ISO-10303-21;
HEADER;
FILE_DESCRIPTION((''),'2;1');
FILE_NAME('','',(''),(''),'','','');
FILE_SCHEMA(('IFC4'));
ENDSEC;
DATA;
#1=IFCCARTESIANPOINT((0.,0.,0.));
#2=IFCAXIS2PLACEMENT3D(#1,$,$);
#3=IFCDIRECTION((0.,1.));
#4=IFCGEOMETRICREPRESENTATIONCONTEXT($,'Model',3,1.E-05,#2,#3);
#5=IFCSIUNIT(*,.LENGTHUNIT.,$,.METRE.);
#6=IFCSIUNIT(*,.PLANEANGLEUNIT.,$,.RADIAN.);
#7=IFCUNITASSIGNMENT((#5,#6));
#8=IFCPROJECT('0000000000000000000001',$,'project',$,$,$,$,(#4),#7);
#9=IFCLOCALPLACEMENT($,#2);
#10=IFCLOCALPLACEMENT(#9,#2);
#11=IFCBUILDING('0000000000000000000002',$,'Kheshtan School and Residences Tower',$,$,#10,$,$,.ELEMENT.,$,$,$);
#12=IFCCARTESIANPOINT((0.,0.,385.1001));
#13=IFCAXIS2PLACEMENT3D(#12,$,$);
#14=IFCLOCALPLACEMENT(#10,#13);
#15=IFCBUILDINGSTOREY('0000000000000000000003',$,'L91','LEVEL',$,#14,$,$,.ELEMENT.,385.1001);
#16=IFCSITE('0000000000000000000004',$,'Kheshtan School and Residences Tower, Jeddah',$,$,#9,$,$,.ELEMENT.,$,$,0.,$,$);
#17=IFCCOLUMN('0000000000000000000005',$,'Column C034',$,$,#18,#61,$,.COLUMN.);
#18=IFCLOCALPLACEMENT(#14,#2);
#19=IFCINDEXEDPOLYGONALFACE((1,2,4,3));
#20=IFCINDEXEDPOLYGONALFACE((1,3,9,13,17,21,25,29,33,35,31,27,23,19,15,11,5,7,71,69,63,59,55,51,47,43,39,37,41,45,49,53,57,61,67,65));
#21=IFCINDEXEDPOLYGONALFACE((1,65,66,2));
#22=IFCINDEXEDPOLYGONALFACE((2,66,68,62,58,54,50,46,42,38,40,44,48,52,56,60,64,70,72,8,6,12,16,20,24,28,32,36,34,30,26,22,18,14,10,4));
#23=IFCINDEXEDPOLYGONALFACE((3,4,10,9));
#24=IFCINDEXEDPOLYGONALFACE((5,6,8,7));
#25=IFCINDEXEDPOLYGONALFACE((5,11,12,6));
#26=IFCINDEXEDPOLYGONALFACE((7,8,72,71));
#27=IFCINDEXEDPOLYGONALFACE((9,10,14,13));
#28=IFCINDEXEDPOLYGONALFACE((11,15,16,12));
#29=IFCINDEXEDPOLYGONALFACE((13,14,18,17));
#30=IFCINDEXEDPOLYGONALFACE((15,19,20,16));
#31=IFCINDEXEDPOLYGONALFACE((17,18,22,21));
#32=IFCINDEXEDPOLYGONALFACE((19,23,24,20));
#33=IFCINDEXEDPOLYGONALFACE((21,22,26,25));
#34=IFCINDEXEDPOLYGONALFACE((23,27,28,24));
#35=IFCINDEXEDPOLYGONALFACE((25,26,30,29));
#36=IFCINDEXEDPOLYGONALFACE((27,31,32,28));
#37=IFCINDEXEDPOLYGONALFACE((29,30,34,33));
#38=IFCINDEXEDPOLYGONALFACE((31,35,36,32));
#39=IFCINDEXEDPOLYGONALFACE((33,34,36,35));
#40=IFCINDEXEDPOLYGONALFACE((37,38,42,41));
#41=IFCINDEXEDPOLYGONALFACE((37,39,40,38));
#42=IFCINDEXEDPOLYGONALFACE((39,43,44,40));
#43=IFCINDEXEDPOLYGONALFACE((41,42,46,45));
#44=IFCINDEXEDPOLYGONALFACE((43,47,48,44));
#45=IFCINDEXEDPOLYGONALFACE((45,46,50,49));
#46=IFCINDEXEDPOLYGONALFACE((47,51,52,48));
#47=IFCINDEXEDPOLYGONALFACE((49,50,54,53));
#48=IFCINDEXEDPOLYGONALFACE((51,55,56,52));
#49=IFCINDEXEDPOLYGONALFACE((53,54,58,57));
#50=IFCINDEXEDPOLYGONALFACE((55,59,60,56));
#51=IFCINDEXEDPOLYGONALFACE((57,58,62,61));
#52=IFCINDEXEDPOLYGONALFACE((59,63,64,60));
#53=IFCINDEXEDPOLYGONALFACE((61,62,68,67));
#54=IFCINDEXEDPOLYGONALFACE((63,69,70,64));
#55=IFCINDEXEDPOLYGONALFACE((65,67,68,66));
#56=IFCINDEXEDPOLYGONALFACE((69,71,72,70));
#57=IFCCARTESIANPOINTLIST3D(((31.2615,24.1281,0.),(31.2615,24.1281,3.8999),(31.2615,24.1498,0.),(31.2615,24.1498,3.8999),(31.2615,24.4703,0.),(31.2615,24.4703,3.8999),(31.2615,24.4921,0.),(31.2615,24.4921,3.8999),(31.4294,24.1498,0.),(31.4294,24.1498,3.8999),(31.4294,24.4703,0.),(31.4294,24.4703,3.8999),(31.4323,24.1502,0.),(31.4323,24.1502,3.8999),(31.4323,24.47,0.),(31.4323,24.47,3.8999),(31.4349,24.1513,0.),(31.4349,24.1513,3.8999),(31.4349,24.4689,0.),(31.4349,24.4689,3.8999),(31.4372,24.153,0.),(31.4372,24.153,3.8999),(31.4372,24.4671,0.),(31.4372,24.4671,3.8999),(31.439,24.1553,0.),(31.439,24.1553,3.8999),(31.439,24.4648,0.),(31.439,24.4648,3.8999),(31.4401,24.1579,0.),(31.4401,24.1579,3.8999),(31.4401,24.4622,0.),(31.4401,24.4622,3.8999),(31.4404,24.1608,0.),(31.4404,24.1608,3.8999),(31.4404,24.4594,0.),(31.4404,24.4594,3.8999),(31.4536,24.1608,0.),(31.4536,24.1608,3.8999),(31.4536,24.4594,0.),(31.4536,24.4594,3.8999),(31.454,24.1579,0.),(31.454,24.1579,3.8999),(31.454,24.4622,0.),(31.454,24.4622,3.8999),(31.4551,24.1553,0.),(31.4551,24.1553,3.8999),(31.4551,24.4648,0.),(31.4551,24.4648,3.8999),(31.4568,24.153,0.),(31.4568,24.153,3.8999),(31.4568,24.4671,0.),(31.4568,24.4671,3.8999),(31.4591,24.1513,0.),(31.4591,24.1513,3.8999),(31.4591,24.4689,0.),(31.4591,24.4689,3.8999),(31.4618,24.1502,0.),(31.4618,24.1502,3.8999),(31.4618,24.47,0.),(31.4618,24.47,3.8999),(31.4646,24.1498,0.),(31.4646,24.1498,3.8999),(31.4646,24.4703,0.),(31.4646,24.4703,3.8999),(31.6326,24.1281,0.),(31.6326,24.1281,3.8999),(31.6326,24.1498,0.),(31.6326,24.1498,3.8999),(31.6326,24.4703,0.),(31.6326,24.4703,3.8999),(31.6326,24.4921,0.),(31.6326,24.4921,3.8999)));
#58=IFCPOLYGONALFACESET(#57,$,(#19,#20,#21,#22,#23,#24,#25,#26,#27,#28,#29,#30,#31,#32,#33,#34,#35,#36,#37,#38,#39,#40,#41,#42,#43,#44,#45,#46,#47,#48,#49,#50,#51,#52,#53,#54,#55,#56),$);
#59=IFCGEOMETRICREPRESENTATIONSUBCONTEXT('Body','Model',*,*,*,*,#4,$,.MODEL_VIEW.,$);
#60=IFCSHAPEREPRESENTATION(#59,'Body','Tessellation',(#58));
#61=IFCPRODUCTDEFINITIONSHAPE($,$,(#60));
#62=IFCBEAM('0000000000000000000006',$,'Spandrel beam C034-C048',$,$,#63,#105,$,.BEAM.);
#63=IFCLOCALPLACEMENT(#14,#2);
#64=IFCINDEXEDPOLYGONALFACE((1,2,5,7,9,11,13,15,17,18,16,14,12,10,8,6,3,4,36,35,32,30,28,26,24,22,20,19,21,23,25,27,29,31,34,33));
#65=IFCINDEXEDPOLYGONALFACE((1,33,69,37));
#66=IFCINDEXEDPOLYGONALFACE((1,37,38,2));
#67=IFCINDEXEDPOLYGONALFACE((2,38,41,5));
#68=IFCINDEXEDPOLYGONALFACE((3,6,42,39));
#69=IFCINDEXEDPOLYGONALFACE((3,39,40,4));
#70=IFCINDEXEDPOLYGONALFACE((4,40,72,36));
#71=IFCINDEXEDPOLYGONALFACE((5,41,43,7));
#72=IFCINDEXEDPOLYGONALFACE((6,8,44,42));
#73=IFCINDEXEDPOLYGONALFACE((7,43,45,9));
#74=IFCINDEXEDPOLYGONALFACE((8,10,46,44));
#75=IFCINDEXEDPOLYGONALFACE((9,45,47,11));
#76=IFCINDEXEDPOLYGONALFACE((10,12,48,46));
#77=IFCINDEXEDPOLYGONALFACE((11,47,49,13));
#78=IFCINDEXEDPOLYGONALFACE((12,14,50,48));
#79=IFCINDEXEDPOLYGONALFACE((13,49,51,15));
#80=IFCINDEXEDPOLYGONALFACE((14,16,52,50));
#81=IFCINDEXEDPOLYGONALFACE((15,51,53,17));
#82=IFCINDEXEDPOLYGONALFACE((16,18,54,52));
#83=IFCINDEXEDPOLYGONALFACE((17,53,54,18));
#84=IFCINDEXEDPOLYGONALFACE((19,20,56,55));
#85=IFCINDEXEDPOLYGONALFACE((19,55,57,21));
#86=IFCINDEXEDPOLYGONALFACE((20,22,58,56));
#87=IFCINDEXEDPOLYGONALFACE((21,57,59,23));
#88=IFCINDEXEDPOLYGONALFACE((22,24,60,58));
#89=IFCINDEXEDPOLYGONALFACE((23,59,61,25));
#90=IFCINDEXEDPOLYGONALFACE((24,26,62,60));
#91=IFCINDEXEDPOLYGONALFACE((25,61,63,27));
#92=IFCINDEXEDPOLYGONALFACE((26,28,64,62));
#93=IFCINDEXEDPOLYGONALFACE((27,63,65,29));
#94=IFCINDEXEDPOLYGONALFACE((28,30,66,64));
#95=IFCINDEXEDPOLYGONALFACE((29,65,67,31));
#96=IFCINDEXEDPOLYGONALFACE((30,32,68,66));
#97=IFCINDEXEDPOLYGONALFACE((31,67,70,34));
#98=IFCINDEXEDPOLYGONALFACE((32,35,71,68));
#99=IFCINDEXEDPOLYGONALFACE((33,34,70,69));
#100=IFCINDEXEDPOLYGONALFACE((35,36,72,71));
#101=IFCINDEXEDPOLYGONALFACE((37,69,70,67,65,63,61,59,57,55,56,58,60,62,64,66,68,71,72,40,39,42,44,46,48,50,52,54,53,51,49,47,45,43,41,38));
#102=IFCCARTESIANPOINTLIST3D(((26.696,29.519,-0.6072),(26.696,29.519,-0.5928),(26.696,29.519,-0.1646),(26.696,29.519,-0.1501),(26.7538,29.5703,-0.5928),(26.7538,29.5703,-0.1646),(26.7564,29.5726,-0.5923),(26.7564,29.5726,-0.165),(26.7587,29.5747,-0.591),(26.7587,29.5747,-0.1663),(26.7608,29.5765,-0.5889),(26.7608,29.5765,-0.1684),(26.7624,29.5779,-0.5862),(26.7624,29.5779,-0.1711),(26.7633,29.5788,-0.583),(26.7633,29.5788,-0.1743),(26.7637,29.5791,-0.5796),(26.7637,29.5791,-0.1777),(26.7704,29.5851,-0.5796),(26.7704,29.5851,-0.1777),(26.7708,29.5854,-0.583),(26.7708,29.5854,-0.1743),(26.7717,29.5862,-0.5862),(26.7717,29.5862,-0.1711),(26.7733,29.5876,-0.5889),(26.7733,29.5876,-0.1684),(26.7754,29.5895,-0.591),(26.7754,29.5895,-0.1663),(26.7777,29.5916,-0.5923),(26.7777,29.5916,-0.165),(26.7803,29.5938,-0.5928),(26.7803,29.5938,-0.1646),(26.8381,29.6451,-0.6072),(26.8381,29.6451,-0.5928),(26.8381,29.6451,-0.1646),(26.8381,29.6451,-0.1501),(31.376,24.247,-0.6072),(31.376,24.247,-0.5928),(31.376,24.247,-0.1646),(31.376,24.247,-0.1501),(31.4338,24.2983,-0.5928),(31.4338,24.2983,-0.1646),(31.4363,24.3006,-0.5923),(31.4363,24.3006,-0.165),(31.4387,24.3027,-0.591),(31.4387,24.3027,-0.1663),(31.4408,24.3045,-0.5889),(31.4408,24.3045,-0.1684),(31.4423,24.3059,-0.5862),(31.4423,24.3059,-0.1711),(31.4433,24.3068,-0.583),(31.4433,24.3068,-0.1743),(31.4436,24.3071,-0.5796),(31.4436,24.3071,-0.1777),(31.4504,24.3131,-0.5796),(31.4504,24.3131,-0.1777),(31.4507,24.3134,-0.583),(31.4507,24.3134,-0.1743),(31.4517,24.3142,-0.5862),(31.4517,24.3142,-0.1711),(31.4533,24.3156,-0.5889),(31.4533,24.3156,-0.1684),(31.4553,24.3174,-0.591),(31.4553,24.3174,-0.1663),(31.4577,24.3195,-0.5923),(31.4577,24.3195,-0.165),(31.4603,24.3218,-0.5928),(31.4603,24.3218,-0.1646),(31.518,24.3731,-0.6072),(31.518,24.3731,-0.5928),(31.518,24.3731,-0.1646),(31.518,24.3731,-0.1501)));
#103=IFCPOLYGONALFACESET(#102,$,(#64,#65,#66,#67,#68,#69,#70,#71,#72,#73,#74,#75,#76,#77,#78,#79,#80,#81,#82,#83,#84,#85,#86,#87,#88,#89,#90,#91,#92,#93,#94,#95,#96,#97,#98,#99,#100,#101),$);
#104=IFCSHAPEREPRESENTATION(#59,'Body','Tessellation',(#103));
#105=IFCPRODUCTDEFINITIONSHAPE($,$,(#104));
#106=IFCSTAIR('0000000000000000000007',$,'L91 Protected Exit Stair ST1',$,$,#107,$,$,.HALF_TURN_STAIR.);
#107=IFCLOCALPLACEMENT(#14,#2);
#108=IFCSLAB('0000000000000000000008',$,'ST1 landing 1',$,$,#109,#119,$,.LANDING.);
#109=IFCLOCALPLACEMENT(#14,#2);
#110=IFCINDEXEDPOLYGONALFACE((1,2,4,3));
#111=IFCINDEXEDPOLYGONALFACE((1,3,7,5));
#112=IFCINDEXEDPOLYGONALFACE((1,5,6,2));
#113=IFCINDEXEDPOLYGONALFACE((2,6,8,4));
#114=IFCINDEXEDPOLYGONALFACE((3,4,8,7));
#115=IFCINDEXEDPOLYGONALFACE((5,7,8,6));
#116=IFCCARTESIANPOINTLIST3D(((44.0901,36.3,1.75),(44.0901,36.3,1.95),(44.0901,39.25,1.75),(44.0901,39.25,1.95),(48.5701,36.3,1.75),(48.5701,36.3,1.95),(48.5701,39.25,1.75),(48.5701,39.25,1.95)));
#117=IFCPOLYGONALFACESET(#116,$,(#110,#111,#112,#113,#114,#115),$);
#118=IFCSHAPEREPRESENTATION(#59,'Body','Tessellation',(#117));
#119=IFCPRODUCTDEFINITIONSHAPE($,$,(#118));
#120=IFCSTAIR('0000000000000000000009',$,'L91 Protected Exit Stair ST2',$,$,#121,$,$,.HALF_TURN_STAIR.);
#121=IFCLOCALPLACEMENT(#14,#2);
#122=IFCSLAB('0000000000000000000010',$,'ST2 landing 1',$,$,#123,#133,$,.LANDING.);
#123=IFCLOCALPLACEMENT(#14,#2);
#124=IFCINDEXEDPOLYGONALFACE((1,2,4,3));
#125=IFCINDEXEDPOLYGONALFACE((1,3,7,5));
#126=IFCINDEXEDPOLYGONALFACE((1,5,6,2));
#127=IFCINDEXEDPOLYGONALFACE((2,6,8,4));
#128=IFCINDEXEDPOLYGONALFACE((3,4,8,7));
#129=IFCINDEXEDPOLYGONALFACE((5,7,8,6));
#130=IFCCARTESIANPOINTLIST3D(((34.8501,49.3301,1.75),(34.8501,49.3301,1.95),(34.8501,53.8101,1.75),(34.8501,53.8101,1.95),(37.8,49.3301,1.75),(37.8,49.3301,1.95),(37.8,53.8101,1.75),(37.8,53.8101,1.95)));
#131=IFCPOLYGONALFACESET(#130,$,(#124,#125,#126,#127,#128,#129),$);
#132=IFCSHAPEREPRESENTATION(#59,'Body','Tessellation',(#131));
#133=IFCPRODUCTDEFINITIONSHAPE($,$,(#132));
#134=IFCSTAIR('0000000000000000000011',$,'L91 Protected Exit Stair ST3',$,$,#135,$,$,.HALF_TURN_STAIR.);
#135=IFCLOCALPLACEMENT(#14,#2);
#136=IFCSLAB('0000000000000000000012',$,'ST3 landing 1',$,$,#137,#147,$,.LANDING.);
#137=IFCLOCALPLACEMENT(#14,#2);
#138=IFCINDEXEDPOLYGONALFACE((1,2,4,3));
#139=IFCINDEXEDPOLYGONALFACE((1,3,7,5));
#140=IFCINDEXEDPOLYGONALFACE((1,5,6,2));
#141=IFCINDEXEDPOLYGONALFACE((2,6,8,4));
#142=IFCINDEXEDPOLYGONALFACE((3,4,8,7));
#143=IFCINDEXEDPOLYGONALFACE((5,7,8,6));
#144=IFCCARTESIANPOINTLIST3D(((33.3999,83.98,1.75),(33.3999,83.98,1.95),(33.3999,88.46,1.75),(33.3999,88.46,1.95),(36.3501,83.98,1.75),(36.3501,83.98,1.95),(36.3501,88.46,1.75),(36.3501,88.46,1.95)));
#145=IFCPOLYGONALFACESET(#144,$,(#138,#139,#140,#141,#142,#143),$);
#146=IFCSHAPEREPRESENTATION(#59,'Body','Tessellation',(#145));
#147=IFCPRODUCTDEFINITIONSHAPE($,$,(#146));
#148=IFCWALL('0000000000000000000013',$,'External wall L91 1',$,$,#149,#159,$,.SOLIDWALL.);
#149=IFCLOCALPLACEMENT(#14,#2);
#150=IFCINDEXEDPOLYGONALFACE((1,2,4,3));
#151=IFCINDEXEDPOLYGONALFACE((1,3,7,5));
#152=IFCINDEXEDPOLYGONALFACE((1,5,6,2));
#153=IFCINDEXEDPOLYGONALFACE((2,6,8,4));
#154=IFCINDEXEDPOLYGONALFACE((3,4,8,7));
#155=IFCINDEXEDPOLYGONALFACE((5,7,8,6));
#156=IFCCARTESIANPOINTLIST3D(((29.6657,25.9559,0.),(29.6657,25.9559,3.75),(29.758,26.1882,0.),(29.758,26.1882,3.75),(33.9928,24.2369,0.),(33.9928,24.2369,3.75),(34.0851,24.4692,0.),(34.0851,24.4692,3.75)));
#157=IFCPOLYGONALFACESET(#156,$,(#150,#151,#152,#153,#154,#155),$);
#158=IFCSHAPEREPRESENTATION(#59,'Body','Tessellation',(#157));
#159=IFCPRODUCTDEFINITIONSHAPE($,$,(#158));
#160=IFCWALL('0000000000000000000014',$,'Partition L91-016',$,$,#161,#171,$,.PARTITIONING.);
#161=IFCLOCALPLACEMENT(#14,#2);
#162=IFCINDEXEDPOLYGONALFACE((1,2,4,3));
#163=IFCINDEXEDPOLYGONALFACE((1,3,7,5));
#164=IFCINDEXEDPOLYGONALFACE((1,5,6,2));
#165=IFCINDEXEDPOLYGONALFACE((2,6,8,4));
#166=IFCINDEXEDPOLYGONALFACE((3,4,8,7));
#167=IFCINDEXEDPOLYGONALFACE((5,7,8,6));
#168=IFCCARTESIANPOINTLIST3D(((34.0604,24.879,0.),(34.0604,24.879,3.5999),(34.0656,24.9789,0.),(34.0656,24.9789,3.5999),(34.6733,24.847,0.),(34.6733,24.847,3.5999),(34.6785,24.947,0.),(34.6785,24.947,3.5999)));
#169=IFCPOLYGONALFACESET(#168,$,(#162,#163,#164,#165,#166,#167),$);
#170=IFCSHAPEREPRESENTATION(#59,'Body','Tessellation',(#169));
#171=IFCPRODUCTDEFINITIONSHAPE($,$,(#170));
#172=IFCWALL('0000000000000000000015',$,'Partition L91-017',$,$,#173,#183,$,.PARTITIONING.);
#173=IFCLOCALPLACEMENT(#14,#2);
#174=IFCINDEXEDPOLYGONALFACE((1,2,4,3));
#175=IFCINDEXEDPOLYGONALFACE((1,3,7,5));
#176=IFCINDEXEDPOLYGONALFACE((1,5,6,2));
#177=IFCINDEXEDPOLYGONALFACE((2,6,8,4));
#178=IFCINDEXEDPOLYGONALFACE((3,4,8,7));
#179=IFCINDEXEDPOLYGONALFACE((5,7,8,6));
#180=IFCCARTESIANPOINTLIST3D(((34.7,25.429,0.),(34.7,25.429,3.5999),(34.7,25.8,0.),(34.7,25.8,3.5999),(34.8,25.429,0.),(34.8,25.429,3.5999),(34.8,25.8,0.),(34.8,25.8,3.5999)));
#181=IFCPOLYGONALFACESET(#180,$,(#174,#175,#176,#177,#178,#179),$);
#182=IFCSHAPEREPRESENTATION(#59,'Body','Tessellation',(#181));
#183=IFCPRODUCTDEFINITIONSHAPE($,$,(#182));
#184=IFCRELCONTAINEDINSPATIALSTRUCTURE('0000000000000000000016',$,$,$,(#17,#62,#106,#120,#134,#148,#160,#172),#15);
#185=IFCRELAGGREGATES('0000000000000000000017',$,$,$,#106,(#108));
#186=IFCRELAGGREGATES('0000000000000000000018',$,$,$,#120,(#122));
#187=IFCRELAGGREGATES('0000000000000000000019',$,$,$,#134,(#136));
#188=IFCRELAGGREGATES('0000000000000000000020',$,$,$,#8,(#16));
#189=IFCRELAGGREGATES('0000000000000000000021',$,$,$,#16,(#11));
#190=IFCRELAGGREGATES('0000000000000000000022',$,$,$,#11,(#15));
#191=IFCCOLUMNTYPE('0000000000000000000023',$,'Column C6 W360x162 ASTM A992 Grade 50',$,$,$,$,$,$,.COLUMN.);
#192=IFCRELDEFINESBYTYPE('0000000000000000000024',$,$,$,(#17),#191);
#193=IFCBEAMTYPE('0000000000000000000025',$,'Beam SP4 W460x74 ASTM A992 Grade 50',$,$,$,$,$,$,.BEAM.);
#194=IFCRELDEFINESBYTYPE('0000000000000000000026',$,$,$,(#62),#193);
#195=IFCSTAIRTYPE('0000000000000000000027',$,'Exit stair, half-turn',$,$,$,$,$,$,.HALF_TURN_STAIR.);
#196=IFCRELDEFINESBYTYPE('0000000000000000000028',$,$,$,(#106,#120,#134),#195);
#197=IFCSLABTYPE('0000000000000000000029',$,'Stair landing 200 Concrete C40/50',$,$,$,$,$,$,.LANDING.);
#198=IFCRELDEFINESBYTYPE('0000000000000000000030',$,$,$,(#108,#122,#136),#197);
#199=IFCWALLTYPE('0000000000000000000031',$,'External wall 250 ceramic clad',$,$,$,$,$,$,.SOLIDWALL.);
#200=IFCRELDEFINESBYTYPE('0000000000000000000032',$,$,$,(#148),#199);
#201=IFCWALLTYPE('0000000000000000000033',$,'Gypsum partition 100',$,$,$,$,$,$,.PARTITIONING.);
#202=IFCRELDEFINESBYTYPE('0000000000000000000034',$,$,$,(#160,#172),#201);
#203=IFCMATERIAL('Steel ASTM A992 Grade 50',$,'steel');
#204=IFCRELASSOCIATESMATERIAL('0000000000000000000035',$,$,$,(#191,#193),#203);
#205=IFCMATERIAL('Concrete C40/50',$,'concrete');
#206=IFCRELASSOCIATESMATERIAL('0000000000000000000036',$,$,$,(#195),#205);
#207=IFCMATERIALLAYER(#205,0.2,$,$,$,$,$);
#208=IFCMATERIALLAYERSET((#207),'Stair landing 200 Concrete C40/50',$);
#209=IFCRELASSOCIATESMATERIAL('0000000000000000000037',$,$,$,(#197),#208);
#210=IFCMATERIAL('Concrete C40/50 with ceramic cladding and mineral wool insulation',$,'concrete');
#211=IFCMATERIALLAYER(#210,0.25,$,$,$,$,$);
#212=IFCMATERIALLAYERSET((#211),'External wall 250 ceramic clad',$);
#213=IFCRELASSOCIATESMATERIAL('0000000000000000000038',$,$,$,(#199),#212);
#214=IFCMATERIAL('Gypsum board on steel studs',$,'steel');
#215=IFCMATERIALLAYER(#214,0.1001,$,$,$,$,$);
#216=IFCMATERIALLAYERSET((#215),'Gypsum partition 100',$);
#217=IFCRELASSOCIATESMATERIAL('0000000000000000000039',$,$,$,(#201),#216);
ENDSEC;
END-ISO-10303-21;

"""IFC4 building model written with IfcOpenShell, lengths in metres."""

from ifc_helpers import new_model, si_unit, direction, frame, frame_2d, origin, origin_2d, place, context, subcontext, project, spatial, polyline, rectangle, i_section, outline, extrude, material, layer, layer_set, material_profile, profile_set, type_object, element, aggregate, save


model = new_model("IFC4")

# Units and contexts
model_context = context("Model", 3, precision=1e-05, world=origin(), true_north=direction((0.0, 1.0)))
body_context = subcontext(model_context, "Body", "Model", "MODEL_VIEW")
ifc_project = project(units=[si_unit("LENGTHUNIT", "METRE"), si_unit("PLANEANGLEUNIT", "RADIAN")], contexts=[model_context])

# Site, building, storey
site_placement = place(None, origin())
site = spatial("IfcSite", under=ifc_project, at=site_placement, Name="Kheshtan School and Residences Tower, Jeddah", CompositionType="ELEMENT", RefElevation=0.0)
building_placement = place(site_placement, origin())
building = spatial("IfcBuilding", under=site, at=building_placement, Name="Kheshtan School and Residences Tower", CompositionType="ELEMENT")
storey_placement = place(building_placement, frame((0.0, 0.0, 385.1001)))
storey = spatial("IfcBuildingStorey", under=building, at=storey_placement, Name="L91", Description="LEVEL", CompositionType="ELEMENT", Elevation=385.1001)

# Column
ifc_material_1 = material(Name="Steel ASTM A992 Grade 50", Category="steel")
ifc_material_profile_1 = material_profile(ifc_material_1, i_section(OverallWidth=0.3711, OverallDepth=0.364, WebThickness=0.0132, FlangeThickness=0.0217, FilletRadius=0.011, at=origin_2d()), Name="W360x162")
ifc_profile_set_1 = profile_set([ifc_material_profile_1], Name="Steel ASTM A992 Grade 50")
column_type = type_object("IfcColumnType", Name="Column C6 W360x162 ASTM A992 Grade 50", PredefinedType="COLUMN", material=ifc_profile_set_1)
column_placement = place(storey_placement, frame((31.447, 24.3101, 0.0), z_axis=(0.0, 0.0, 1.0), x_axis=(1.0, 0.0, 0.0)))
element("IfcColumn", 1, at=column_placement, inside=storey, type_object=column_type, Name="Column C034", PredefinedType="COLUMN", context=body_context, shape_type="SweptSolid", body=[
    extrude(i_section(OverallWidth=0.3711, OverallDepth=0.364, WebThickness=0.0132, FlangeThickness=0.0217, FilletRadius=0.011, at=origin_2d()), origin(), (0.0, 0.0, 1.0), 3.8999),
])

# Beam
ifc_material_profile_2 = material_profile(ifc_material_1, i_section(OverallWidth=0.1899, OverallDepth=0.457, WebThickness=0.009, FlangeThickness=0.0144, FilletRadius=0.0132, at=origin_2d()), Name="W460x74")
ifc_profile_set_2 = profile_set([ifc_material_profile_2], Name="Steel ASTM A992 Grade 50")
beam_type = type_object("IfcBeamType", Name="Beam SP4 W460x74 ASTM A992 Grade 50", PredefinedType="BEAM", material=ifc_profile_set_2)
beam_placement = place(storey_placement, frame((31.447, 24.3101, -0.3787), z_axis=(-0.663867, 0.747851, 0.0), x_axis=(-0.747851, -0.663867, 0.0)))
element("IfcBeam", 2, at=beam_placement, inside=storey, type_object=beam_type, Name="Spandrel beam C034-C048", PredefinedType="BEAM", context=body_context, shape_type="SweptSolid", body=[
    extrude(i_section(OverallWidth=0.1899, OverallDepth=0.457, WebThickness=0.009, FlangeThickness=0.0144, FilletRadius=0.0132, at=origin_2d()), origin(), (0.0, 0.0, 1.0), 7.0496),
])

# Shared definitions
ifc_material_2 = material(Name="Concrete C40/50", Category="concrete")

# Stairs, slabs
stair_type = type_object("IfcStairType", Name="Exit stair, half-turn", PredefinedType="HALF_TURN_STAIR", material=ifc_material_2)
stair_1_placement = place(storey_placement, origin())
stair_1 = element("IfcStair", 3, at=stair_1_placement, inside=storey, type_object=stair_type, Name="L91 Protected Exit Stair ST1", PredefinedType="HALF_TURN_STAIR")
ifc_layer_1 = layer(ifc_material_2, 0.2)
ifc_layer_set_1 = layer_set([ifc_layer_1], Name="Stair landing 200 Concrete C40/50")
slab_type_1 = type_object("IfcSlabType", Name="Stair landing 200 Concrete C40/50", PredefinedType="LANDING", material=ifc_layer_set_1)
slab_1_placement = place(storey_placement, frame((0.0, 0.0, 1.75)))
slab_1 = element("IfcSlab", 4, at=slab_1_placement, type_object=slab_type_1, Name="ST1 landing 1", PredefinedType="LANDING", context=body_context, shape_type="SweptSolid", body=[
    extrude(outline(polyline([(48.5701, 39.25), (44.0901, 39.25), (44.0901, 36.3), (48.5701, 36.3), (48.5701, 39.25)])), origin(), (0.0, 0.0, 1.0), 0.2),
])
aggregate(stair_1, [slab_1])
stair_2_placement = place(storey_placement, origin())
stair_2 = element("IfcStair", 5, at=stair_2_placement, inside=storey, type_object=stair_type, Name="L91 Protected Exit Stair ST2", PredefinedType="HALF_TURN_STAIR")
slab_2_placement = place(storey_placement, frame((0.0, 0.0, 1.75)))
slab_2 = element("IfcSlab", 6, at=slab_2_placement, type_object=slab_type_1, Name="ST2 landing 1", PredefinedType="LANDING", context=body_context, shape_type="SweptSolid", body=[
    extrude(outline(polyline([(37.8, 49.3301), (37.8, 53.8101), (34.8501, 53.8101), (34.8501, 49.3301), (37.8, 49.3301)])), origin(), (0.0, 0.0, 1.0), 0.2),
])
aggregate(stair_2, [slab_2])
stair_3_placement = place(storey_placement, origin())
stair_3 = element("IfcStair", 7, at=stair_3_placement, inside=storey, type_object=stair_type, Name="L91 Protected Exit Stair ST3", PredefinedType="HALF_TURN_STAIR")
slab_3_placement = place(storey_placement, frame((0.0, 0.0, 1.75)))
slab_3 = element("IfcSlab", 8, at=slab_3_placement, type_object=slab_type_1, Name="ST3 landing 1", PredefinedType="LANDING", context=body_context, shape_type="SweptSolid", body=[
    extrude(outline(polyline([(36.3501, 83.98), (36.3501, 88.46), (33.3999, 88.46), (33.3999, 83.98), (36.3501, 83.98)])), origin(), (0.0, 0.0, 1.0), 0.2),
])
aggregate(stair_3, [slab_3])

# Walls
ifc_material_3 = material(Name="Concrete C40/50 with ceramic cladding and mineral wool insulation", Category="concrete")
ifc_layer_2 = layer(ifc_material_3, 0.25)
ifc_layer_set_2 = layer_set([ifc_layer_2], Name="External wall 250 ceramic clad")
wall_type_1 = type_object("IfcWallType", Name="External wall 250 ceramic clad", PredefinedType="SOLIDWALL", material=ifc_layer_set_2)
wall_1_placement = place(storey_placement, frame((34.0391, 24.353, 0.0), z_axis=(0.0, 0.0, 1.0), x_axis=(-0.929353, 0.369193, 0.0)))
element("IfcWall", 9, at=wall_1_placement, inside=storey, type_object=wall_type_1, Name="External wall L91 1", PredefinedType="SOLIDWALL", context=body_context, shape_type="SweptSolid", body=[
    extrude(rectangle(XDim=4.656, YDim=0.25, at=frame_2d((2.3281, 0.0))), origin(), (0.0, 0.0, 1.0), 3.75),
])
ifc_material_4 = material(Name="Gypsum board on steel studs", Category="steel")
ifc_layer_3 = layer(ifc_material_4, 0.1001)
ifc_layer_set_3 = layer_set([ifc_layer_3], Name="Gypsum partition 100")
wall_type_2 = type_object("IfcWallType", Name="Gypsum partition 100", PredefinedType="PARTITIONING", material=ifc_layer_set_3)
wall_2_placement = place(storey_placement, frame((34.063, 24.929, 0.0), z_axis=(0.0, 0.0, 1.0), x_axis=(0.998642, -0.0521, 0.0)))
element("IfcWall", 10, at=wall_2_placement, inside=storey, type_object=wall_type_2, Name="Partition L91-016", PredefinedType="PARTITIONING", context=body_context, shape_type="SweptSolid", body=[
    extrude(rectangle(XDim=0.6138, YDim=0.1001, at=frame_2d((0.3069, 0.0))), origin(), (0.0, 0.0, 1.0), 3.5999),
])
wall_3_placement = place(storey_placement, frame((34.75, 25.429, 0.0), z_axis=(0.0, 0.0, 1.0), x_axis=(0.0, 1.0, 0.0)))
element("IfcWall", 11, at=wall_3_placement, inside=storey, type_object=wall_type_2, Name="Partition L91-017", PredefinedType="PARTITIONING", context=body_context, shape_type="SweptSolid", body=[
    extrude(rectangle(XDim=0.3711, YDim=0.1001, at=frame_2d((0.1855, 0.0))), origin(), (0.0, 0.0, 1.0), 3.5999),
])

save(model, "model.ifc")
